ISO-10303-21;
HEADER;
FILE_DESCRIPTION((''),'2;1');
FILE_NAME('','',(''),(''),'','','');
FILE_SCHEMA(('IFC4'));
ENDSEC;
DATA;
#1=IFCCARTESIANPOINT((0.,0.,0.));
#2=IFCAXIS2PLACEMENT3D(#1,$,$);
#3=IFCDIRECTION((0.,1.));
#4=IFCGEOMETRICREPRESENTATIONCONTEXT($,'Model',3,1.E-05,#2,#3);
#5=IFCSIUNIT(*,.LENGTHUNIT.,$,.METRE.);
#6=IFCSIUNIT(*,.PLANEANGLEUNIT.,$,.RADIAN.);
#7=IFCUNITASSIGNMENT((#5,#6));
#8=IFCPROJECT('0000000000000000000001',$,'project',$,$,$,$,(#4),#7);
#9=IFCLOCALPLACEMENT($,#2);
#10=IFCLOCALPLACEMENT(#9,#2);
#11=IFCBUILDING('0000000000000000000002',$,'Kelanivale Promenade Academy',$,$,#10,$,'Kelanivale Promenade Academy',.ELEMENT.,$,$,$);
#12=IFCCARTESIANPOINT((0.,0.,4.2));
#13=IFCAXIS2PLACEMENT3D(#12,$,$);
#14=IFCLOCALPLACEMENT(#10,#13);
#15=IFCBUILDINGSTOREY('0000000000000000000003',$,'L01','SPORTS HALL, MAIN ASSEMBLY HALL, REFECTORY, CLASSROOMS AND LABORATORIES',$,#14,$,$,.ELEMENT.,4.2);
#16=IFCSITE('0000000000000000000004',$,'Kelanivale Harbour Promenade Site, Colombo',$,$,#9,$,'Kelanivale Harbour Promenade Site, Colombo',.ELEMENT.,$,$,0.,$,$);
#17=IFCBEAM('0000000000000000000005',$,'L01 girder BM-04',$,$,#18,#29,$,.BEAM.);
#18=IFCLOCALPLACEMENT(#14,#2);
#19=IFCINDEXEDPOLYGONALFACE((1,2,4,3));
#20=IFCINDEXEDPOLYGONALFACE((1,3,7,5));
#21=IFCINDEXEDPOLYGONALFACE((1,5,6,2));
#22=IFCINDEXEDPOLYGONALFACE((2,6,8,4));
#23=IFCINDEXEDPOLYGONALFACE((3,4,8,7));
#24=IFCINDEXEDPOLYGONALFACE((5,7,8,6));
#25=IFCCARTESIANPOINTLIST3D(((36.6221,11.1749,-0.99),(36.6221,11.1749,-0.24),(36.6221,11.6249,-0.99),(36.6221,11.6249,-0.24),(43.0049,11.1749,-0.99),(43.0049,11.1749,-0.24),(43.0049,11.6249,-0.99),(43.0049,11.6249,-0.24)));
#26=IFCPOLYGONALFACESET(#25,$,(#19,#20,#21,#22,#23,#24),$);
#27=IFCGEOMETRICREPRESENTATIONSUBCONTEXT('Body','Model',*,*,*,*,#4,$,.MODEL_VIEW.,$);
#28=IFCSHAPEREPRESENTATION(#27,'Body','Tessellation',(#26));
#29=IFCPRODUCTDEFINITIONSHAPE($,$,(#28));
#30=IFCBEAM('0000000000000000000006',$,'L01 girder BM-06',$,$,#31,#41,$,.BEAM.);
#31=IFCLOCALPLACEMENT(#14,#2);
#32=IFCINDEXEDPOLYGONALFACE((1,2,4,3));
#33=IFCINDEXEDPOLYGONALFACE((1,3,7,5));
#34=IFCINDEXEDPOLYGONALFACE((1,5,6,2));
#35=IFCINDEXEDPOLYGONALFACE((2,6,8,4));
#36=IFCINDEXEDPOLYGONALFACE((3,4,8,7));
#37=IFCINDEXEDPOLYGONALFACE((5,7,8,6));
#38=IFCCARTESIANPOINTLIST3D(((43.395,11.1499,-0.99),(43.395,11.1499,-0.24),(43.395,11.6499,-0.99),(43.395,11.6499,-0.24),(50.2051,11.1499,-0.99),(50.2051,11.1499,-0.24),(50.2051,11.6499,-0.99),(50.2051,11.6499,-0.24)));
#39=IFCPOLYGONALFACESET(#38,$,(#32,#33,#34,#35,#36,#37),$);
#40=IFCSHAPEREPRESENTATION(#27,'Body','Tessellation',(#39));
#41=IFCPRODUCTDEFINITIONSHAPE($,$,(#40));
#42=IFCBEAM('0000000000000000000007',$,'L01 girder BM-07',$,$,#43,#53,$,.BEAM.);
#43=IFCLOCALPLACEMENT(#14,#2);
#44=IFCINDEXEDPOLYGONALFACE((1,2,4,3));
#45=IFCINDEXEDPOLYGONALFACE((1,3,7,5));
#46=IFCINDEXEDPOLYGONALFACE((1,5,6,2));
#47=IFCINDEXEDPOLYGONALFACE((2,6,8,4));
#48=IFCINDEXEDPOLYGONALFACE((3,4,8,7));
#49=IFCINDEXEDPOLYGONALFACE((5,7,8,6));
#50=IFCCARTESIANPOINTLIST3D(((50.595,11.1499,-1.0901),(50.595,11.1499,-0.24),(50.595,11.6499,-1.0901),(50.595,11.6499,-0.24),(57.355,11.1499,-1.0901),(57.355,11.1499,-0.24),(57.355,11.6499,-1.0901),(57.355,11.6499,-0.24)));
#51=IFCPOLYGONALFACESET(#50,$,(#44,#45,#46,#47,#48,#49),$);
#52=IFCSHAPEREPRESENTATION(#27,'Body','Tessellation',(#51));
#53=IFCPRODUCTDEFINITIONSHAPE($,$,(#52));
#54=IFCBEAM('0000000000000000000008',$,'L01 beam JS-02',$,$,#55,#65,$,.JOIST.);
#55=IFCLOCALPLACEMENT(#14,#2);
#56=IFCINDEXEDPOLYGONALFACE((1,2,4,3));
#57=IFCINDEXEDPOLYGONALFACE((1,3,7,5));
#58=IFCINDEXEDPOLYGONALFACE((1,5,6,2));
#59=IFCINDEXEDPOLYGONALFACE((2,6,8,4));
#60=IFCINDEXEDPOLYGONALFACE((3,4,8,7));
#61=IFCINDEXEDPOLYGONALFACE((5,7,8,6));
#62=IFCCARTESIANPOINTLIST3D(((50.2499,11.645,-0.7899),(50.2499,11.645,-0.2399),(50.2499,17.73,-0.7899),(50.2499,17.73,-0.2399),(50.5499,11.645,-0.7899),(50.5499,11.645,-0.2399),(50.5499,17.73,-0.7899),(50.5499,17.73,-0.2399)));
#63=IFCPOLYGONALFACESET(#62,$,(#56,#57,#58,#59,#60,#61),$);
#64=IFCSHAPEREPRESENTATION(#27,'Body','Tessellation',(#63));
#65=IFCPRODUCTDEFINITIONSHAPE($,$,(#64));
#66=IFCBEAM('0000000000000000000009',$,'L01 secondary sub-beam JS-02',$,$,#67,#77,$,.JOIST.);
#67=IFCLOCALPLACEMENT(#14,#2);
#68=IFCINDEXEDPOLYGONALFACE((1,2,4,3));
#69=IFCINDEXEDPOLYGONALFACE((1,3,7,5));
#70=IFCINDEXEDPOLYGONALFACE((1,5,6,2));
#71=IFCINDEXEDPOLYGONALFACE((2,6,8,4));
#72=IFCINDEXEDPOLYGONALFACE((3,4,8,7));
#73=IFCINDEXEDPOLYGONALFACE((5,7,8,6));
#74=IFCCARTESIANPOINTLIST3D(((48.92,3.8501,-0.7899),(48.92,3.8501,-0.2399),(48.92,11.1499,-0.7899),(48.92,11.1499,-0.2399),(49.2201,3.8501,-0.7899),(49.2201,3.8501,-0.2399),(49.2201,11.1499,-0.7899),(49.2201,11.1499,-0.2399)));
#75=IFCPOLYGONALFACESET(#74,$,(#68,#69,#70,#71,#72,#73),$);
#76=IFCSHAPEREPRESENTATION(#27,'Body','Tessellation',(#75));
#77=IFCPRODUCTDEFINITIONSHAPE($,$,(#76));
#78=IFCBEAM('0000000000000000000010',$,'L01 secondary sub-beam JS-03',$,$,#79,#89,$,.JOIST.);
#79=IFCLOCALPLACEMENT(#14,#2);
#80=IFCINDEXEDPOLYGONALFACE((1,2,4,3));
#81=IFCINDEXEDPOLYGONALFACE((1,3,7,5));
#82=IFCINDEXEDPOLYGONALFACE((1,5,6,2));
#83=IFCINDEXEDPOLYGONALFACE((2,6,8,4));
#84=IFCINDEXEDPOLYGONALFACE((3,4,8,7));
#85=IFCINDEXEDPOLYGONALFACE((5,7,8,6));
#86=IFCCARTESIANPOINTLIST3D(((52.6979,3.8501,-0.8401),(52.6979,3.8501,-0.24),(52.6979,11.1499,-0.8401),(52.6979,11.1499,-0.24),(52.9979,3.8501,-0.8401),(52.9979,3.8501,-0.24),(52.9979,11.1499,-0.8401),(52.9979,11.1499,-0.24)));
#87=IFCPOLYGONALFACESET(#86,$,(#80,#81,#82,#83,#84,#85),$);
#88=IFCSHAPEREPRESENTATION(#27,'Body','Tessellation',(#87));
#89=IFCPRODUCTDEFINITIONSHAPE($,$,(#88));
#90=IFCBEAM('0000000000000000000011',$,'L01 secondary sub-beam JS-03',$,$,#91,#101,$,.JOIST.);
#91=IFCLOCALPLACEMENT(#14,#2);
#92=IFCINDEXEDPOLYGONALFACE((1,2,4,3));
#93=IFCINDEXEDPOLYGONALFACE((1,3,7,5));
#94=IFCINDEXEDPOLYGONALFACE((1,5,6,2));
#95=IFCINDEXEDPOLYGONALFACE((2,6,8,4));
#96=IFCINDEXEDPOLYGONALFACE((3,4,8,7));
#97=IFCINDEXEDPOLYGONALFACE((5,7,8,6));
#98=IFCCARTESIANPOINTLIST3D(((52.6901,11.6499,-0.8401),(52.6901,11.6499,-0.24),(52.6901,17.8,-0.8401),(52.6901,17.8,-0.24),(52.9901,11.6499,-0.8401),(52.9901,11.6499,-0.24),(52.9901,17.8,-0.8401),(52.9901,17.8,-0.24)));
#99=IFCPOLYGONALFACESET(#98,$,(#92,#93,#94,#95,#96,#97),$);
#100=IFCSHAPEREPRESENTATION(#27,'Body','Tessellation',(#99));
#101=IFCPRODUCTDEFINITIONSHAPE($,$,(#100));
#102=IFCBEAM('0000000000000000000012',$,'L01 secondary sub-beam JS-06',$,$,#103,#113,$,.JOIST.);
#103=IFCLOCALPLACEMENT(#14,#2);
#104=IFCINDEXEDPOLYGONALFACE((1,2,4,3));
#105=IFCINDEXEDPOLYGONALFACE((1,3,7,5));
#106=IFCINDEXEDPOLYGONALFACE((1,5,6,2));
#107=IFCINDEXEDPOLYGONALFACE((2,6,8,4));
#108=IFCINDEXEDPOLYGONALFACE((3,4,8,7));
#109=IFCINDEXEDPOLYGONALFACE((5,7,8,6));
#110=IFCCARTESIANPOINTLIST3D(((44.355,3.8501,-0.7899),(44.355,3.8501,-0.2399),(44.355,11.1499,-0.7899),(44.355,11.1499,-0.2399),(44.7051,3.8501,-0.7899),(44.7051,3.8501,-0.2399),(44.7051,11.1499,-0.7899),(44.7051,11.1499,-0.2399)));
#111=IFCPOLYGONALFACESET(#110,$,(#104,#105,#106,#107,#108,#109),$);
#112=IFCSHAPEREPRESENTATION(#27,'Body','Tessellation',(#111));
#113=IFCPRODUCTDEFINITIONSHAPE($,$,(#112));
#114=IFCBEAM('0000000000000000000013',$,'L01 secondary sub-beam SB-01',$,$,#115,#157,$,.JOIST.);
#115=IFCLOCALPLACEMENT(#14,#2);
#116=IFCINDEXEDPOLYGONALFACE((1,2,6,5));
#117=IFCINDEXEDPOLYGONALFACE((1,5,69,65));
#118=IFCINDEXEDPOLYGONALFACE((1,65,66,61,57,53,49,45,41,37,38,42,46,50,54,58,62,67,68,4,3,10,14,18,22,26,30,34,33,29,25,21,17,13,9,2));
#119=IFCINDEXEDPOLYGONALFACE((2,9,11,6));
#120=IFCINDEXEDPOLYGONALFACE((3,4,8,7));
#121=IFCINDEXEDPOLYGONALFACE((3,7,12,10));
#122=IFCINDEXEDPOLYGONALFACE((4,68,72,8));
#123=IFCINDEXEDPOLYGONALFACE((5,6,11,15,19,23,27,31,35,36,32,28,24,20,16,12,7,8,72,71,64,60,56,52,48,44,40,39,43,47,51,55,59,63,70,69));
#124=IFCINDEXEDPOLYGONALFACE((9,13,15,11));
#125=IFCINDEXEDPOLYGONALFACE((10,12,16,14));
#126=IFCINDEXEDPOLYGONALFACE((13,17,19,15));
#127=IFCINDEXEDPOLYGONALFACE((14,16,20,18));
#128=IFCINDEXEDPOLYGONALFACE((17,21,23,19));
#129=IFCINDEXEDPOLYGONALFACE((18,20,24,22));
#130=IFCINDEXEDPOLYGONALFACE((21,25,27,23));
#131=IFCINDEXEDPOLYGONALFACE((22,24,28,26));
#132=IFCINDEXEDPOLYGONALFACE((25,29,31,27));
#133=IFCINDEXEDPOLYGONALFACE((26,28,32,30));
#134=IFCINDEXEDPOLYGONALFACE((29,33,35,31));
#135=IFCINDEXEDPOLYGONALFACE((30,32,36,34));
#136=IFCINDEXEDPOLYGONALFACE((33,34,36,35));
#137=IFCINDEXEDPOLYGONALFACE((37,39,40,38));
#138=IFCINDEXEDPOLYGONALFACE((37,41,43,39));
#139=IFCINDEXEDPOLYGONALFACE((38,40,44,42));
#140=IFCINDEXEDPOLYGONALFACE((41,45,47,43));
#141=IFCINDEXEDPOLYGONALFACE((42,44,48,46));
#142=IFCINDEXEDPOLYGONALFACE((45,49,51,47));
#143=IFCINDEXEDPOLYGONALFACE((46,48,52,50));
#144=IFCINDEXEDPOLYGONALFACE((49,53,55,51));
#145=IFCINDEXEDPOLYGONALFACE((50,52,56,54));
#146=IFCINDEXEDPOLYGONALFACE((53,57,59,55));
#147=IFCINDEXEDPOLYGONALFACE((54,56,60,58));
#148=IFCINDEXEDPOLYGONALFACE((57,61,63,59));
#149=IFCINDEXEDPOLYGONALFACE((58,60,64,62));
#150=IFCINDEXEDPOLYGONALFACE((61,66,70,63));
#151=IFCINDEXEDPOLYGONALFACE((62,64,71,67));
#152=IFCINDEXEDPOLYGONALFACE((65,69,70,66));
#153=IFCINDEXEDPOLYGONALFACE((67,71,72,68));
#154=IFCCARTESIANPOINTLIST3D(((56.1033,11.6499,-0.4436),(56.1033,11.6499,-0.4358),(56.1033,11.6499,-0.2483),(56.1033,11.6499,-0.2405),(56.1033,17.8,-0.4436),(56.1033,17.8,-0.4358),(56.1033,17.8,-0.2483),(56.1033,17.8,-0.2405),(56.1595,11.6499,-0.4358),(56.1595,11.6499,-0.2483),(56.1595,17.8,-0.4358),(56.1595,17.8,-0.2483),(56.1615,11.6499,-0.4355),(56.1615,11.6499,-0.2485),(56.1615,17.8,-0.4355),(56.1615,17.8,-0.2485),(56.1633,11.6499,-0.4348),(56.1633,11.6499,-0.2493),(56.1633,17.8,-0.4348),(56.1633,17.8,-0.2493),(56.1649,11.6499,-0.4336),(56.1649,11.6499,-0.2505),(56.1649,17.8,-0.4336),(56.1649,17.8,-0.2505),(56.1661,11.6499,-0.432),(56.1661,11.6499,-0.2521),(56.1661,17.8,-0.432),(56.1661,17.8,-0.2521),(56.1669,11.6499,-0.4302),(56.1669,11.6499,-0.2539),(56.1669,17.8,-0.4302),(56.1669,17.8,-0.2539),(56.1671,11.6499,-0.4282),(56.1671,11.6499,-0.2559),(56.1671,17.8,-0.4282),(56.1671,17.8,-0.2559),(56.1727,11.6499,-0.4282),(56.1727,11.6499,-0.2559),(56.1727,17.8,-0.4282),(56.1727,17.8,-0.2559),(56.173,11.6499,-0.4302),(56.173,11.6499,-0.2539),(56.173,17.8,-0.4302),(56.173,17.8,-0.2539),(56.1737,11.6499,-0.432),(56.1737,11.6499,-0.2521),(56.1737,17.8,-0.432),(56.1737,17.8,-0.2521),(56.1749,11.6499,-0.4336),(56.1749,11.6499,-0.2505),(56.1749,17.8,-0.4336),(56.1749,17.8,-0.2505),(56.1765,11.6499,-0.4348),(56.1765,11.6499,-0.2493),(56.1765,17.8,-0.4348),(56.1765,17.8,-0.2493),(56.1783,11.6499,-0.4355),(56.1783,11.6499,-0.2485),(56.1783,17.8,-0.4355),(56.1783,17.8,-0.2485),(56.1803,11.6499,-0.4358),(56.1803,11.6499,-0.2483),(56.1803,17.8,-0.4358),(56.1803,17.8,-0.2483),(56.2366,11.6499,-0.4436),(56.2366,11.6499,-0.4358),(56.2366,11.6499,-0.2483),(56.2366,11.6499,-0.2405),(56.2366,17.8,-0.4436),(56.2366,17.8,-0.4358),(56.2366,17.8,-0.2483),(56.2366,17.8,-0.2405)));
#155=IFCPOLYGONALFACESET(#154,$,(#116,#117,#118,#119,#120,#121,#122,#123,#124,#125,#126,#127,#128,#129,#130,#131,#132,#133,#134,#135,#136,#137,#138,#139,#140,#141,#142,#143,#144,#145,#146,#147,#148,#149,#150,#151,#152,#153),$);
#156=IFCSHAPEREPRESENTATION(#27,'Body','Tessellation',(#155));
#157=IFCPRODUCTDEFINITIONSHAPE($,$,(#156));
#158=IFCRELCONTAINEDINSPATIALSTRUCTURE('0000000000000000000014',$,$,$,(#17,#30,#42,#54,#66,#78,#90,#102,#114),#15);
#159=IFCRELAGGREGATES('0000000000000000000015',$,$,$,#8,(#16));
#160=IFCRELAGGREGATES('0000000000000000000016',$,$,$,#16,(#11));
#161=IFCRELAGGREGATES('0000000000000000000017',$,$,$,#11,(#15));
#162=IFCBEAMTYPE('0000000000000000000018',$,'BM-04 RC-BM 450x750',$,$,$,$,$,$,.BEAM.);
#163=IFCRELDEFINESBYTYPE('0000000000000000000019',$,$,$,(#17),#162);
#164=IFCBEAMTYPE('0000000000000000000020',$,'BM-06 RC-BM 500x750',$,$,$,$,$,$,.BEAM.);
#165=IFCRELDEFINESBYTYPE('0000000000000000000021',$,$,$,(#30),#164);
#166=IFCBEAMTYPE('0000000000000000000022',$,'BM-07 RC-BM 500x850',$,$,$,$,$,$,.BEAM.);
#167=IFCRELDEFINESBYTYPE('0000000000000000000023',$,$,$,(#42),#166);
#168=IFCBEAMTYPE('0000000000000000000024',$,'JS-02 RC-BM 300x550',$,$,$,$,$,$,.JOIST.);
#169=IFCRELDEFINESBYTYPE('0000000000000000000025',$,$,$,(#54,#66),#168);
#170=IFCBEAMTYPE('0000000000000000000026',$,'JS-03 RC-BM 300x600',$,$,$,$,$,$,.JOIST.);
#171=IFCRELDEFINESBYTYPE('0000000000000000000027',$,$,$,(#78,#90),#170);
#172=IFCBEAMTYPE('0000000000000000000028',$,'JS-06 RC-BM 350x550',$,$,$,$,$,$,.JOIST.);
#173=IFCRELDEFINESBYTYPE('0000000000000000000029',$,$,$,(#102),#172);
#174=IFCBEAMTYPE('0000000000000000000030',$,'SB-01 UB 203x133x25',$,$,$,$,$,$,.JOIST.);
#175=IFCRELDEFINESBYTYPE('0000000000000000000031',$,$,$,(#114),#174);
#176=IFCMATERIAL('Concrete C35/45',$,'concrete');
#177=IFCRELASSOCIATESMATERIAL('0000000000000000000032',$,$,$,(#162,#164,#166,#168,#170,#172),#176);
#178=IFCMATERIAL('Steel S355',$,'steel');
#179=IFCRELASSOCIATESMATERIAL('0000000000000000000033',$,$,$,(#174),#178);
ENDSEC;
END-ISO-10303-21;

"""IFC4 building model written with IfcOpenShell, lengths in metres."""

from ifc_helpers import new_model, si_unit, direction, frame, origin, origin_2d, place, context, subcontext, project, spatial, rectangle, i_section, extrude, material, material_profile, profile_set, type_object, element, save


model = new_model("IFC4")

# Units and contexts
model_context = context("Model", 3, precision=1e-05, world=origin(), true_north=direction((0.0, 1.0)))
body_context = subcontext(model_context, "Body", "Model", "MODEL_VIEW")
ifc_project = project(units=[si_unit("LENGTHUNIT", "METRE"), si_unit("PLANEANGLEUNIT", "RADIAN")], contexts=[model_context])

# Site, building, storey
site_placement = place(None, origin())
site = spatial("IfcSite", under=ifc_project, at=site_placement, Name="Kelanivale Harbour Promenade Site, Colombo", LongName="Kelanivale Harbour Promenade Site, Colombo", CompositionType="ELEMENT", RefElevation=0.0)
building_placement = place(site_placement, origin())
building = spatial("IfcBuilding", under=site, at=building_placement, Name="Kelanivale Promenade Academy", LongName="Kelanivale Promenade Academy", CompositionType="ELEMENT")
storey_placement = place(building_placement, frame((0.0, 0.0, 4.2)))
storey = spatial("IfcBuildingStorey", under=building, at=storey_placement, Name="L01", Description="SPORTS HALL, MAIN ASSEMBLY HALL, REFECTORY, CLASSROOMS AND LABORATORIES", CompositionType="ELEMENT", Elevation=4.2)

# Beams
ifc_material_1 = material(Name="Concrete C35/45", Category="concrete")
ifc_material_profile_1 = material_profile(ifc_material_1, rectangle(XDim=0.45, YDim=0.75, at=origin_2d()), Name="RC-BM 450x750")
ifc_profile_set_1 = profile_set([ifc_material_profile_1], Name="Concrete C35/45")
beam_type_1 = type_object("IfcBeamType", Name="BM-04 RC-BM 450x750", PredefinedType="BEAM", material=ifc_profile_set_1)
beam_1_placement = place(storey_placement, frame((36.6221, 11.3999, -0.615), z_axis=(1.0, 0.0, 0.0), x_axis=(0.0, 1.0, 0.0)))
element("IfcBeam", 1, at=beam_1_placement, inside=storey, type_object=beam_type_1, Name="L01 girder BM-04", PredefinedType="BEAM", context=body_context, shape_type="SweptSolid", body=[
    extrude(rectangle(XDim=0.45, YDim=0.75, at=origin_2d()), origin(), (0.0, 0.0, 1.0), 6.3828),
])
ifc_material_profile_2 = material_profile(ifc_material_1, rectangle(XDim=0.5, YDim=0.75, at=origin_2d()), Name="RC-BM 500x750")
ifc_profile_set_2 = profile_set([ifc_material_profile_2], Name="Concrete C35/45")
beam_type_2 = type_object("IfcBeamType", Name="BM-06 RC-BM 500x750", PredefinedType="BEAM", material=ifc_profile_set_2)
beam_2_placement = place(storey_placement, frame((43.395, 11.3999, -0.615), z_axis=(1.0, 0.0, 0.0), x_axis=(0.0, 1.0, 0.0)))
element("IfcBeam", 2, at=beam_2_placement, inside=storey, type_object=beam_type_2, Name="L01 girder BM-06", PredefinedType="BEAM", context=body_context, shape_type="SweptSolid", body=[
    extrude(rectangle(XDim=0.5, YDim=0.75, at=origin_2d()), origin(), (0.0, 0.0, 1.0), 6.8101),
])
ifc_material_profile_3 = material_profile(ifc_material_1, rectangle(XDim=0.5, YDim=0.8501, at=origin_2d()), Name="RC-BM 500x850")
ifc_profile_set_3 = profile_set([ifc_material_profile_3], Name="Concrete C35/45")
beam_type_3 = type_object("IfcBeamType", Name="BM-07 RC-BM 500x850", PredefinedType="BEAM", material=ifc_profile_set_3)
beam_3_placement = place(storey_placement, frame((50.595, 11.3999, -0.665), z_axis=(1.0, 0.0, 0.0), x_axis=(0.0, 1.0, 0.0)))
element("IfcBeam", 3, at=beam_3_placement, inside=storey, type_object=beam_type_3, Name="L01 girder BM-07", PredefinedType="BEAM", context=body_context, shape_type="SweptSolid", body=[
    extrude(rectangle(XDim=0.5, YDim=0.8501, at=origin_2d()), origin(), (0.0, 0.0, 1.0), 6.76),
])
ifc_material_profile_4 = material_profile(ifc_material_1, rectangle(XDim=0.3, YDim=0.55, at=origin_2d()), Name="RC-BM 300x550")
ifc_profile_set_4 = profile_set([ifc_material_profile_4], Name="Concrete C35/45")
beam_type_4 = type_object("IfcBeamType", Name="JS-02 RC-BM 300x550", PredefinedType="JOIST", material=ifc_profile_set_4)
beam_4_placement = place(storey_placement, frame((50.3999, 11.645, -0.5149), z_axis=(0.0, 1.0, 0.0), x_axis=(-1.0, 0.0, 0.0)))
element("IfcBeam", 4, at=beam_4_placement, inside=storey, type_object=beam_type_4, Name="L01 beam JS-02", PredefinedType="JOIST", context=body_context, shape_type="SweptSolid", body=[
    extrude(rectangle(XDim=0.3, YDim=0.55, at=origin_2d()), origin(), (0.0, 0.0, 1.0), 6.085),
])
beam_5_placement = place(storey_placement, frame((49.0701, 3.8501, -0.5149), z_axis=(0.0, 1.0, 0.0), x_axis=(-1.0, 0.0, 0.0)))
element("IfcBeam", 5, at=beam_5_placement, inside=storey, type_object=beam_type_4, Name="L01 secondary sub-beam JS-02", PredefinedType="JOIST", context=body_context, shape_type="SweptSolid", body=[
    extrude(rectangle(XDim=0.3, YDim=0.55, at=origin_2d()), origin(), (0.0, 0.0, 1.0), 7.2998),
])
ifc_material_profile_5 = material_profile(ifc_material_1, rectangle(XDim=0.3, YDim=0.6001, at=origin_2d()), Name="RC-BM 300x600")
ifc_profile_set_5 = profile_set([ifc_material_profile_5], Name="Concrete C35/45")
beam_type_5 = type_object("IfcBeamType", Name="JS-03 RC-BM 300x600", PredefinedType="JOIST", material=ifc_profile_set_5)
beam_6_placement = place(storey_placement, frame((52.8479, 3.8501, -0.54), z_axis=(0.0, 1.0, 0.0), x_axis=(-1.0, 0.0, 0.0)))
element("IfcBeam", 6, at=beam_6_placement, inside=storey, type_object=beam_type_5, Name="L01 secondary sub-beam JS-03", PredefinedType="JOIST", context=body_context, shape_type="SweptSolid", body=[
    extrude(rectangle(XDim=0.3, YDim=0.6001, at=origin_2d()), origin(), (0.0, 0.0, 1.0), 7.2998),
])
beam_7_placement = place(storey_placement, frame((52.8401, 11.6499, -0.54), z_axis=(0.0, 1.0, 0.0), x_axis=(-1.0, 0.0, 0.0)))
element("IfcBeam", 7, at=beam_7_placement, inside=storey, type_object=beam_type_5, Name="L01 secondary sub-beam JS-03", PredefinedType="JOIST", context=body_context, shape_type="SweptSolid", body=[
    extrude(rectangle(XDim=0.3, YDim=0.6001, at=origin_2d()), origin(), (0.0, 0.0, 1.0), 6.1501),
])
ifc_material_profile_6 = material_profile(ifc_material_1, rectangle(XDim=0.3501, YDim=0.55, at=origin_2d()), Name="RC-BM 350x550")
ifc_profile_set_6 = profile_set([ifc_material_profile_6], Name="Concrete C35/45")
beam_type_6 = type_object("IfcBeamType", Name="JS-06 RC-BM 350x550", PredefinedType="JOIST", material=ifc_profile_set_6)
beam_8_placement = place(storey_placement, frame((44.53, 3.8501, -0.5149), z_axis=(0.0, 1.0, 0.0), x_axis=(-1.0, 0.0, 0.0)))
element("IfcBeam", 8, at=beam_8_placement, inside=storey, type_object=beam_type_6, Name="L01 secondary sub-beam JS-06", PredefinedType="JOIST", context=body_context, shape_type="SweptSolid", body=[
    extrude(rectangle(XDim=0.3501, YDim=0.55, at=origin_2d()), origin(), (0.0, 0.0, 1.0), 7.2998),
])
ifc_material_2 = material(Name="Steel S355", Category="steel")
ifc_material_profile_7 = material_profile(ifc_material_2, i_section(OverallWidth=0.1333, OverallDepth=0.2031, WebThickness=0.0056, FlangeThickness=0.0078, FilletRadius=0.0076, at=origin_2d()), Name="UB 203x133x25")
ifc_profile_set_7 = profile_set([ifc_material_profile_7], Name="Steel S355")
beam_type_7 = type_object("IfcBeamType", Name="SB-01 UB 203x133x25", PredefinedType="JOIST", material=ifc_profile_set_7)
beam_9_placement = place(storey_placement, frame((56.1699, 11.6499, -0.342), z_axis=(0.0, 1.0, 0.0), x_axis=(-1.0, 0.0, 0.0)))
element("IfcBeam", 9, at=beam_9_placement, inside=storey, type_object=beam_type_7, Name="L01 secondary sub-beam SB-01", PredefinedType="JOIST", context=body_context, shape_type="SweptSolid", body=[
    extrude(i_section(OverallWidth=0.1333, OverallDepth=0.2031, WebThickness=0.0056, FlangeThickness=0.0078, FilletRadius=0.0076, at=origin_2d()), origin(), (0.0, 0.0, 1.0), 6.1501),
])

save(model, "model.ifc")
